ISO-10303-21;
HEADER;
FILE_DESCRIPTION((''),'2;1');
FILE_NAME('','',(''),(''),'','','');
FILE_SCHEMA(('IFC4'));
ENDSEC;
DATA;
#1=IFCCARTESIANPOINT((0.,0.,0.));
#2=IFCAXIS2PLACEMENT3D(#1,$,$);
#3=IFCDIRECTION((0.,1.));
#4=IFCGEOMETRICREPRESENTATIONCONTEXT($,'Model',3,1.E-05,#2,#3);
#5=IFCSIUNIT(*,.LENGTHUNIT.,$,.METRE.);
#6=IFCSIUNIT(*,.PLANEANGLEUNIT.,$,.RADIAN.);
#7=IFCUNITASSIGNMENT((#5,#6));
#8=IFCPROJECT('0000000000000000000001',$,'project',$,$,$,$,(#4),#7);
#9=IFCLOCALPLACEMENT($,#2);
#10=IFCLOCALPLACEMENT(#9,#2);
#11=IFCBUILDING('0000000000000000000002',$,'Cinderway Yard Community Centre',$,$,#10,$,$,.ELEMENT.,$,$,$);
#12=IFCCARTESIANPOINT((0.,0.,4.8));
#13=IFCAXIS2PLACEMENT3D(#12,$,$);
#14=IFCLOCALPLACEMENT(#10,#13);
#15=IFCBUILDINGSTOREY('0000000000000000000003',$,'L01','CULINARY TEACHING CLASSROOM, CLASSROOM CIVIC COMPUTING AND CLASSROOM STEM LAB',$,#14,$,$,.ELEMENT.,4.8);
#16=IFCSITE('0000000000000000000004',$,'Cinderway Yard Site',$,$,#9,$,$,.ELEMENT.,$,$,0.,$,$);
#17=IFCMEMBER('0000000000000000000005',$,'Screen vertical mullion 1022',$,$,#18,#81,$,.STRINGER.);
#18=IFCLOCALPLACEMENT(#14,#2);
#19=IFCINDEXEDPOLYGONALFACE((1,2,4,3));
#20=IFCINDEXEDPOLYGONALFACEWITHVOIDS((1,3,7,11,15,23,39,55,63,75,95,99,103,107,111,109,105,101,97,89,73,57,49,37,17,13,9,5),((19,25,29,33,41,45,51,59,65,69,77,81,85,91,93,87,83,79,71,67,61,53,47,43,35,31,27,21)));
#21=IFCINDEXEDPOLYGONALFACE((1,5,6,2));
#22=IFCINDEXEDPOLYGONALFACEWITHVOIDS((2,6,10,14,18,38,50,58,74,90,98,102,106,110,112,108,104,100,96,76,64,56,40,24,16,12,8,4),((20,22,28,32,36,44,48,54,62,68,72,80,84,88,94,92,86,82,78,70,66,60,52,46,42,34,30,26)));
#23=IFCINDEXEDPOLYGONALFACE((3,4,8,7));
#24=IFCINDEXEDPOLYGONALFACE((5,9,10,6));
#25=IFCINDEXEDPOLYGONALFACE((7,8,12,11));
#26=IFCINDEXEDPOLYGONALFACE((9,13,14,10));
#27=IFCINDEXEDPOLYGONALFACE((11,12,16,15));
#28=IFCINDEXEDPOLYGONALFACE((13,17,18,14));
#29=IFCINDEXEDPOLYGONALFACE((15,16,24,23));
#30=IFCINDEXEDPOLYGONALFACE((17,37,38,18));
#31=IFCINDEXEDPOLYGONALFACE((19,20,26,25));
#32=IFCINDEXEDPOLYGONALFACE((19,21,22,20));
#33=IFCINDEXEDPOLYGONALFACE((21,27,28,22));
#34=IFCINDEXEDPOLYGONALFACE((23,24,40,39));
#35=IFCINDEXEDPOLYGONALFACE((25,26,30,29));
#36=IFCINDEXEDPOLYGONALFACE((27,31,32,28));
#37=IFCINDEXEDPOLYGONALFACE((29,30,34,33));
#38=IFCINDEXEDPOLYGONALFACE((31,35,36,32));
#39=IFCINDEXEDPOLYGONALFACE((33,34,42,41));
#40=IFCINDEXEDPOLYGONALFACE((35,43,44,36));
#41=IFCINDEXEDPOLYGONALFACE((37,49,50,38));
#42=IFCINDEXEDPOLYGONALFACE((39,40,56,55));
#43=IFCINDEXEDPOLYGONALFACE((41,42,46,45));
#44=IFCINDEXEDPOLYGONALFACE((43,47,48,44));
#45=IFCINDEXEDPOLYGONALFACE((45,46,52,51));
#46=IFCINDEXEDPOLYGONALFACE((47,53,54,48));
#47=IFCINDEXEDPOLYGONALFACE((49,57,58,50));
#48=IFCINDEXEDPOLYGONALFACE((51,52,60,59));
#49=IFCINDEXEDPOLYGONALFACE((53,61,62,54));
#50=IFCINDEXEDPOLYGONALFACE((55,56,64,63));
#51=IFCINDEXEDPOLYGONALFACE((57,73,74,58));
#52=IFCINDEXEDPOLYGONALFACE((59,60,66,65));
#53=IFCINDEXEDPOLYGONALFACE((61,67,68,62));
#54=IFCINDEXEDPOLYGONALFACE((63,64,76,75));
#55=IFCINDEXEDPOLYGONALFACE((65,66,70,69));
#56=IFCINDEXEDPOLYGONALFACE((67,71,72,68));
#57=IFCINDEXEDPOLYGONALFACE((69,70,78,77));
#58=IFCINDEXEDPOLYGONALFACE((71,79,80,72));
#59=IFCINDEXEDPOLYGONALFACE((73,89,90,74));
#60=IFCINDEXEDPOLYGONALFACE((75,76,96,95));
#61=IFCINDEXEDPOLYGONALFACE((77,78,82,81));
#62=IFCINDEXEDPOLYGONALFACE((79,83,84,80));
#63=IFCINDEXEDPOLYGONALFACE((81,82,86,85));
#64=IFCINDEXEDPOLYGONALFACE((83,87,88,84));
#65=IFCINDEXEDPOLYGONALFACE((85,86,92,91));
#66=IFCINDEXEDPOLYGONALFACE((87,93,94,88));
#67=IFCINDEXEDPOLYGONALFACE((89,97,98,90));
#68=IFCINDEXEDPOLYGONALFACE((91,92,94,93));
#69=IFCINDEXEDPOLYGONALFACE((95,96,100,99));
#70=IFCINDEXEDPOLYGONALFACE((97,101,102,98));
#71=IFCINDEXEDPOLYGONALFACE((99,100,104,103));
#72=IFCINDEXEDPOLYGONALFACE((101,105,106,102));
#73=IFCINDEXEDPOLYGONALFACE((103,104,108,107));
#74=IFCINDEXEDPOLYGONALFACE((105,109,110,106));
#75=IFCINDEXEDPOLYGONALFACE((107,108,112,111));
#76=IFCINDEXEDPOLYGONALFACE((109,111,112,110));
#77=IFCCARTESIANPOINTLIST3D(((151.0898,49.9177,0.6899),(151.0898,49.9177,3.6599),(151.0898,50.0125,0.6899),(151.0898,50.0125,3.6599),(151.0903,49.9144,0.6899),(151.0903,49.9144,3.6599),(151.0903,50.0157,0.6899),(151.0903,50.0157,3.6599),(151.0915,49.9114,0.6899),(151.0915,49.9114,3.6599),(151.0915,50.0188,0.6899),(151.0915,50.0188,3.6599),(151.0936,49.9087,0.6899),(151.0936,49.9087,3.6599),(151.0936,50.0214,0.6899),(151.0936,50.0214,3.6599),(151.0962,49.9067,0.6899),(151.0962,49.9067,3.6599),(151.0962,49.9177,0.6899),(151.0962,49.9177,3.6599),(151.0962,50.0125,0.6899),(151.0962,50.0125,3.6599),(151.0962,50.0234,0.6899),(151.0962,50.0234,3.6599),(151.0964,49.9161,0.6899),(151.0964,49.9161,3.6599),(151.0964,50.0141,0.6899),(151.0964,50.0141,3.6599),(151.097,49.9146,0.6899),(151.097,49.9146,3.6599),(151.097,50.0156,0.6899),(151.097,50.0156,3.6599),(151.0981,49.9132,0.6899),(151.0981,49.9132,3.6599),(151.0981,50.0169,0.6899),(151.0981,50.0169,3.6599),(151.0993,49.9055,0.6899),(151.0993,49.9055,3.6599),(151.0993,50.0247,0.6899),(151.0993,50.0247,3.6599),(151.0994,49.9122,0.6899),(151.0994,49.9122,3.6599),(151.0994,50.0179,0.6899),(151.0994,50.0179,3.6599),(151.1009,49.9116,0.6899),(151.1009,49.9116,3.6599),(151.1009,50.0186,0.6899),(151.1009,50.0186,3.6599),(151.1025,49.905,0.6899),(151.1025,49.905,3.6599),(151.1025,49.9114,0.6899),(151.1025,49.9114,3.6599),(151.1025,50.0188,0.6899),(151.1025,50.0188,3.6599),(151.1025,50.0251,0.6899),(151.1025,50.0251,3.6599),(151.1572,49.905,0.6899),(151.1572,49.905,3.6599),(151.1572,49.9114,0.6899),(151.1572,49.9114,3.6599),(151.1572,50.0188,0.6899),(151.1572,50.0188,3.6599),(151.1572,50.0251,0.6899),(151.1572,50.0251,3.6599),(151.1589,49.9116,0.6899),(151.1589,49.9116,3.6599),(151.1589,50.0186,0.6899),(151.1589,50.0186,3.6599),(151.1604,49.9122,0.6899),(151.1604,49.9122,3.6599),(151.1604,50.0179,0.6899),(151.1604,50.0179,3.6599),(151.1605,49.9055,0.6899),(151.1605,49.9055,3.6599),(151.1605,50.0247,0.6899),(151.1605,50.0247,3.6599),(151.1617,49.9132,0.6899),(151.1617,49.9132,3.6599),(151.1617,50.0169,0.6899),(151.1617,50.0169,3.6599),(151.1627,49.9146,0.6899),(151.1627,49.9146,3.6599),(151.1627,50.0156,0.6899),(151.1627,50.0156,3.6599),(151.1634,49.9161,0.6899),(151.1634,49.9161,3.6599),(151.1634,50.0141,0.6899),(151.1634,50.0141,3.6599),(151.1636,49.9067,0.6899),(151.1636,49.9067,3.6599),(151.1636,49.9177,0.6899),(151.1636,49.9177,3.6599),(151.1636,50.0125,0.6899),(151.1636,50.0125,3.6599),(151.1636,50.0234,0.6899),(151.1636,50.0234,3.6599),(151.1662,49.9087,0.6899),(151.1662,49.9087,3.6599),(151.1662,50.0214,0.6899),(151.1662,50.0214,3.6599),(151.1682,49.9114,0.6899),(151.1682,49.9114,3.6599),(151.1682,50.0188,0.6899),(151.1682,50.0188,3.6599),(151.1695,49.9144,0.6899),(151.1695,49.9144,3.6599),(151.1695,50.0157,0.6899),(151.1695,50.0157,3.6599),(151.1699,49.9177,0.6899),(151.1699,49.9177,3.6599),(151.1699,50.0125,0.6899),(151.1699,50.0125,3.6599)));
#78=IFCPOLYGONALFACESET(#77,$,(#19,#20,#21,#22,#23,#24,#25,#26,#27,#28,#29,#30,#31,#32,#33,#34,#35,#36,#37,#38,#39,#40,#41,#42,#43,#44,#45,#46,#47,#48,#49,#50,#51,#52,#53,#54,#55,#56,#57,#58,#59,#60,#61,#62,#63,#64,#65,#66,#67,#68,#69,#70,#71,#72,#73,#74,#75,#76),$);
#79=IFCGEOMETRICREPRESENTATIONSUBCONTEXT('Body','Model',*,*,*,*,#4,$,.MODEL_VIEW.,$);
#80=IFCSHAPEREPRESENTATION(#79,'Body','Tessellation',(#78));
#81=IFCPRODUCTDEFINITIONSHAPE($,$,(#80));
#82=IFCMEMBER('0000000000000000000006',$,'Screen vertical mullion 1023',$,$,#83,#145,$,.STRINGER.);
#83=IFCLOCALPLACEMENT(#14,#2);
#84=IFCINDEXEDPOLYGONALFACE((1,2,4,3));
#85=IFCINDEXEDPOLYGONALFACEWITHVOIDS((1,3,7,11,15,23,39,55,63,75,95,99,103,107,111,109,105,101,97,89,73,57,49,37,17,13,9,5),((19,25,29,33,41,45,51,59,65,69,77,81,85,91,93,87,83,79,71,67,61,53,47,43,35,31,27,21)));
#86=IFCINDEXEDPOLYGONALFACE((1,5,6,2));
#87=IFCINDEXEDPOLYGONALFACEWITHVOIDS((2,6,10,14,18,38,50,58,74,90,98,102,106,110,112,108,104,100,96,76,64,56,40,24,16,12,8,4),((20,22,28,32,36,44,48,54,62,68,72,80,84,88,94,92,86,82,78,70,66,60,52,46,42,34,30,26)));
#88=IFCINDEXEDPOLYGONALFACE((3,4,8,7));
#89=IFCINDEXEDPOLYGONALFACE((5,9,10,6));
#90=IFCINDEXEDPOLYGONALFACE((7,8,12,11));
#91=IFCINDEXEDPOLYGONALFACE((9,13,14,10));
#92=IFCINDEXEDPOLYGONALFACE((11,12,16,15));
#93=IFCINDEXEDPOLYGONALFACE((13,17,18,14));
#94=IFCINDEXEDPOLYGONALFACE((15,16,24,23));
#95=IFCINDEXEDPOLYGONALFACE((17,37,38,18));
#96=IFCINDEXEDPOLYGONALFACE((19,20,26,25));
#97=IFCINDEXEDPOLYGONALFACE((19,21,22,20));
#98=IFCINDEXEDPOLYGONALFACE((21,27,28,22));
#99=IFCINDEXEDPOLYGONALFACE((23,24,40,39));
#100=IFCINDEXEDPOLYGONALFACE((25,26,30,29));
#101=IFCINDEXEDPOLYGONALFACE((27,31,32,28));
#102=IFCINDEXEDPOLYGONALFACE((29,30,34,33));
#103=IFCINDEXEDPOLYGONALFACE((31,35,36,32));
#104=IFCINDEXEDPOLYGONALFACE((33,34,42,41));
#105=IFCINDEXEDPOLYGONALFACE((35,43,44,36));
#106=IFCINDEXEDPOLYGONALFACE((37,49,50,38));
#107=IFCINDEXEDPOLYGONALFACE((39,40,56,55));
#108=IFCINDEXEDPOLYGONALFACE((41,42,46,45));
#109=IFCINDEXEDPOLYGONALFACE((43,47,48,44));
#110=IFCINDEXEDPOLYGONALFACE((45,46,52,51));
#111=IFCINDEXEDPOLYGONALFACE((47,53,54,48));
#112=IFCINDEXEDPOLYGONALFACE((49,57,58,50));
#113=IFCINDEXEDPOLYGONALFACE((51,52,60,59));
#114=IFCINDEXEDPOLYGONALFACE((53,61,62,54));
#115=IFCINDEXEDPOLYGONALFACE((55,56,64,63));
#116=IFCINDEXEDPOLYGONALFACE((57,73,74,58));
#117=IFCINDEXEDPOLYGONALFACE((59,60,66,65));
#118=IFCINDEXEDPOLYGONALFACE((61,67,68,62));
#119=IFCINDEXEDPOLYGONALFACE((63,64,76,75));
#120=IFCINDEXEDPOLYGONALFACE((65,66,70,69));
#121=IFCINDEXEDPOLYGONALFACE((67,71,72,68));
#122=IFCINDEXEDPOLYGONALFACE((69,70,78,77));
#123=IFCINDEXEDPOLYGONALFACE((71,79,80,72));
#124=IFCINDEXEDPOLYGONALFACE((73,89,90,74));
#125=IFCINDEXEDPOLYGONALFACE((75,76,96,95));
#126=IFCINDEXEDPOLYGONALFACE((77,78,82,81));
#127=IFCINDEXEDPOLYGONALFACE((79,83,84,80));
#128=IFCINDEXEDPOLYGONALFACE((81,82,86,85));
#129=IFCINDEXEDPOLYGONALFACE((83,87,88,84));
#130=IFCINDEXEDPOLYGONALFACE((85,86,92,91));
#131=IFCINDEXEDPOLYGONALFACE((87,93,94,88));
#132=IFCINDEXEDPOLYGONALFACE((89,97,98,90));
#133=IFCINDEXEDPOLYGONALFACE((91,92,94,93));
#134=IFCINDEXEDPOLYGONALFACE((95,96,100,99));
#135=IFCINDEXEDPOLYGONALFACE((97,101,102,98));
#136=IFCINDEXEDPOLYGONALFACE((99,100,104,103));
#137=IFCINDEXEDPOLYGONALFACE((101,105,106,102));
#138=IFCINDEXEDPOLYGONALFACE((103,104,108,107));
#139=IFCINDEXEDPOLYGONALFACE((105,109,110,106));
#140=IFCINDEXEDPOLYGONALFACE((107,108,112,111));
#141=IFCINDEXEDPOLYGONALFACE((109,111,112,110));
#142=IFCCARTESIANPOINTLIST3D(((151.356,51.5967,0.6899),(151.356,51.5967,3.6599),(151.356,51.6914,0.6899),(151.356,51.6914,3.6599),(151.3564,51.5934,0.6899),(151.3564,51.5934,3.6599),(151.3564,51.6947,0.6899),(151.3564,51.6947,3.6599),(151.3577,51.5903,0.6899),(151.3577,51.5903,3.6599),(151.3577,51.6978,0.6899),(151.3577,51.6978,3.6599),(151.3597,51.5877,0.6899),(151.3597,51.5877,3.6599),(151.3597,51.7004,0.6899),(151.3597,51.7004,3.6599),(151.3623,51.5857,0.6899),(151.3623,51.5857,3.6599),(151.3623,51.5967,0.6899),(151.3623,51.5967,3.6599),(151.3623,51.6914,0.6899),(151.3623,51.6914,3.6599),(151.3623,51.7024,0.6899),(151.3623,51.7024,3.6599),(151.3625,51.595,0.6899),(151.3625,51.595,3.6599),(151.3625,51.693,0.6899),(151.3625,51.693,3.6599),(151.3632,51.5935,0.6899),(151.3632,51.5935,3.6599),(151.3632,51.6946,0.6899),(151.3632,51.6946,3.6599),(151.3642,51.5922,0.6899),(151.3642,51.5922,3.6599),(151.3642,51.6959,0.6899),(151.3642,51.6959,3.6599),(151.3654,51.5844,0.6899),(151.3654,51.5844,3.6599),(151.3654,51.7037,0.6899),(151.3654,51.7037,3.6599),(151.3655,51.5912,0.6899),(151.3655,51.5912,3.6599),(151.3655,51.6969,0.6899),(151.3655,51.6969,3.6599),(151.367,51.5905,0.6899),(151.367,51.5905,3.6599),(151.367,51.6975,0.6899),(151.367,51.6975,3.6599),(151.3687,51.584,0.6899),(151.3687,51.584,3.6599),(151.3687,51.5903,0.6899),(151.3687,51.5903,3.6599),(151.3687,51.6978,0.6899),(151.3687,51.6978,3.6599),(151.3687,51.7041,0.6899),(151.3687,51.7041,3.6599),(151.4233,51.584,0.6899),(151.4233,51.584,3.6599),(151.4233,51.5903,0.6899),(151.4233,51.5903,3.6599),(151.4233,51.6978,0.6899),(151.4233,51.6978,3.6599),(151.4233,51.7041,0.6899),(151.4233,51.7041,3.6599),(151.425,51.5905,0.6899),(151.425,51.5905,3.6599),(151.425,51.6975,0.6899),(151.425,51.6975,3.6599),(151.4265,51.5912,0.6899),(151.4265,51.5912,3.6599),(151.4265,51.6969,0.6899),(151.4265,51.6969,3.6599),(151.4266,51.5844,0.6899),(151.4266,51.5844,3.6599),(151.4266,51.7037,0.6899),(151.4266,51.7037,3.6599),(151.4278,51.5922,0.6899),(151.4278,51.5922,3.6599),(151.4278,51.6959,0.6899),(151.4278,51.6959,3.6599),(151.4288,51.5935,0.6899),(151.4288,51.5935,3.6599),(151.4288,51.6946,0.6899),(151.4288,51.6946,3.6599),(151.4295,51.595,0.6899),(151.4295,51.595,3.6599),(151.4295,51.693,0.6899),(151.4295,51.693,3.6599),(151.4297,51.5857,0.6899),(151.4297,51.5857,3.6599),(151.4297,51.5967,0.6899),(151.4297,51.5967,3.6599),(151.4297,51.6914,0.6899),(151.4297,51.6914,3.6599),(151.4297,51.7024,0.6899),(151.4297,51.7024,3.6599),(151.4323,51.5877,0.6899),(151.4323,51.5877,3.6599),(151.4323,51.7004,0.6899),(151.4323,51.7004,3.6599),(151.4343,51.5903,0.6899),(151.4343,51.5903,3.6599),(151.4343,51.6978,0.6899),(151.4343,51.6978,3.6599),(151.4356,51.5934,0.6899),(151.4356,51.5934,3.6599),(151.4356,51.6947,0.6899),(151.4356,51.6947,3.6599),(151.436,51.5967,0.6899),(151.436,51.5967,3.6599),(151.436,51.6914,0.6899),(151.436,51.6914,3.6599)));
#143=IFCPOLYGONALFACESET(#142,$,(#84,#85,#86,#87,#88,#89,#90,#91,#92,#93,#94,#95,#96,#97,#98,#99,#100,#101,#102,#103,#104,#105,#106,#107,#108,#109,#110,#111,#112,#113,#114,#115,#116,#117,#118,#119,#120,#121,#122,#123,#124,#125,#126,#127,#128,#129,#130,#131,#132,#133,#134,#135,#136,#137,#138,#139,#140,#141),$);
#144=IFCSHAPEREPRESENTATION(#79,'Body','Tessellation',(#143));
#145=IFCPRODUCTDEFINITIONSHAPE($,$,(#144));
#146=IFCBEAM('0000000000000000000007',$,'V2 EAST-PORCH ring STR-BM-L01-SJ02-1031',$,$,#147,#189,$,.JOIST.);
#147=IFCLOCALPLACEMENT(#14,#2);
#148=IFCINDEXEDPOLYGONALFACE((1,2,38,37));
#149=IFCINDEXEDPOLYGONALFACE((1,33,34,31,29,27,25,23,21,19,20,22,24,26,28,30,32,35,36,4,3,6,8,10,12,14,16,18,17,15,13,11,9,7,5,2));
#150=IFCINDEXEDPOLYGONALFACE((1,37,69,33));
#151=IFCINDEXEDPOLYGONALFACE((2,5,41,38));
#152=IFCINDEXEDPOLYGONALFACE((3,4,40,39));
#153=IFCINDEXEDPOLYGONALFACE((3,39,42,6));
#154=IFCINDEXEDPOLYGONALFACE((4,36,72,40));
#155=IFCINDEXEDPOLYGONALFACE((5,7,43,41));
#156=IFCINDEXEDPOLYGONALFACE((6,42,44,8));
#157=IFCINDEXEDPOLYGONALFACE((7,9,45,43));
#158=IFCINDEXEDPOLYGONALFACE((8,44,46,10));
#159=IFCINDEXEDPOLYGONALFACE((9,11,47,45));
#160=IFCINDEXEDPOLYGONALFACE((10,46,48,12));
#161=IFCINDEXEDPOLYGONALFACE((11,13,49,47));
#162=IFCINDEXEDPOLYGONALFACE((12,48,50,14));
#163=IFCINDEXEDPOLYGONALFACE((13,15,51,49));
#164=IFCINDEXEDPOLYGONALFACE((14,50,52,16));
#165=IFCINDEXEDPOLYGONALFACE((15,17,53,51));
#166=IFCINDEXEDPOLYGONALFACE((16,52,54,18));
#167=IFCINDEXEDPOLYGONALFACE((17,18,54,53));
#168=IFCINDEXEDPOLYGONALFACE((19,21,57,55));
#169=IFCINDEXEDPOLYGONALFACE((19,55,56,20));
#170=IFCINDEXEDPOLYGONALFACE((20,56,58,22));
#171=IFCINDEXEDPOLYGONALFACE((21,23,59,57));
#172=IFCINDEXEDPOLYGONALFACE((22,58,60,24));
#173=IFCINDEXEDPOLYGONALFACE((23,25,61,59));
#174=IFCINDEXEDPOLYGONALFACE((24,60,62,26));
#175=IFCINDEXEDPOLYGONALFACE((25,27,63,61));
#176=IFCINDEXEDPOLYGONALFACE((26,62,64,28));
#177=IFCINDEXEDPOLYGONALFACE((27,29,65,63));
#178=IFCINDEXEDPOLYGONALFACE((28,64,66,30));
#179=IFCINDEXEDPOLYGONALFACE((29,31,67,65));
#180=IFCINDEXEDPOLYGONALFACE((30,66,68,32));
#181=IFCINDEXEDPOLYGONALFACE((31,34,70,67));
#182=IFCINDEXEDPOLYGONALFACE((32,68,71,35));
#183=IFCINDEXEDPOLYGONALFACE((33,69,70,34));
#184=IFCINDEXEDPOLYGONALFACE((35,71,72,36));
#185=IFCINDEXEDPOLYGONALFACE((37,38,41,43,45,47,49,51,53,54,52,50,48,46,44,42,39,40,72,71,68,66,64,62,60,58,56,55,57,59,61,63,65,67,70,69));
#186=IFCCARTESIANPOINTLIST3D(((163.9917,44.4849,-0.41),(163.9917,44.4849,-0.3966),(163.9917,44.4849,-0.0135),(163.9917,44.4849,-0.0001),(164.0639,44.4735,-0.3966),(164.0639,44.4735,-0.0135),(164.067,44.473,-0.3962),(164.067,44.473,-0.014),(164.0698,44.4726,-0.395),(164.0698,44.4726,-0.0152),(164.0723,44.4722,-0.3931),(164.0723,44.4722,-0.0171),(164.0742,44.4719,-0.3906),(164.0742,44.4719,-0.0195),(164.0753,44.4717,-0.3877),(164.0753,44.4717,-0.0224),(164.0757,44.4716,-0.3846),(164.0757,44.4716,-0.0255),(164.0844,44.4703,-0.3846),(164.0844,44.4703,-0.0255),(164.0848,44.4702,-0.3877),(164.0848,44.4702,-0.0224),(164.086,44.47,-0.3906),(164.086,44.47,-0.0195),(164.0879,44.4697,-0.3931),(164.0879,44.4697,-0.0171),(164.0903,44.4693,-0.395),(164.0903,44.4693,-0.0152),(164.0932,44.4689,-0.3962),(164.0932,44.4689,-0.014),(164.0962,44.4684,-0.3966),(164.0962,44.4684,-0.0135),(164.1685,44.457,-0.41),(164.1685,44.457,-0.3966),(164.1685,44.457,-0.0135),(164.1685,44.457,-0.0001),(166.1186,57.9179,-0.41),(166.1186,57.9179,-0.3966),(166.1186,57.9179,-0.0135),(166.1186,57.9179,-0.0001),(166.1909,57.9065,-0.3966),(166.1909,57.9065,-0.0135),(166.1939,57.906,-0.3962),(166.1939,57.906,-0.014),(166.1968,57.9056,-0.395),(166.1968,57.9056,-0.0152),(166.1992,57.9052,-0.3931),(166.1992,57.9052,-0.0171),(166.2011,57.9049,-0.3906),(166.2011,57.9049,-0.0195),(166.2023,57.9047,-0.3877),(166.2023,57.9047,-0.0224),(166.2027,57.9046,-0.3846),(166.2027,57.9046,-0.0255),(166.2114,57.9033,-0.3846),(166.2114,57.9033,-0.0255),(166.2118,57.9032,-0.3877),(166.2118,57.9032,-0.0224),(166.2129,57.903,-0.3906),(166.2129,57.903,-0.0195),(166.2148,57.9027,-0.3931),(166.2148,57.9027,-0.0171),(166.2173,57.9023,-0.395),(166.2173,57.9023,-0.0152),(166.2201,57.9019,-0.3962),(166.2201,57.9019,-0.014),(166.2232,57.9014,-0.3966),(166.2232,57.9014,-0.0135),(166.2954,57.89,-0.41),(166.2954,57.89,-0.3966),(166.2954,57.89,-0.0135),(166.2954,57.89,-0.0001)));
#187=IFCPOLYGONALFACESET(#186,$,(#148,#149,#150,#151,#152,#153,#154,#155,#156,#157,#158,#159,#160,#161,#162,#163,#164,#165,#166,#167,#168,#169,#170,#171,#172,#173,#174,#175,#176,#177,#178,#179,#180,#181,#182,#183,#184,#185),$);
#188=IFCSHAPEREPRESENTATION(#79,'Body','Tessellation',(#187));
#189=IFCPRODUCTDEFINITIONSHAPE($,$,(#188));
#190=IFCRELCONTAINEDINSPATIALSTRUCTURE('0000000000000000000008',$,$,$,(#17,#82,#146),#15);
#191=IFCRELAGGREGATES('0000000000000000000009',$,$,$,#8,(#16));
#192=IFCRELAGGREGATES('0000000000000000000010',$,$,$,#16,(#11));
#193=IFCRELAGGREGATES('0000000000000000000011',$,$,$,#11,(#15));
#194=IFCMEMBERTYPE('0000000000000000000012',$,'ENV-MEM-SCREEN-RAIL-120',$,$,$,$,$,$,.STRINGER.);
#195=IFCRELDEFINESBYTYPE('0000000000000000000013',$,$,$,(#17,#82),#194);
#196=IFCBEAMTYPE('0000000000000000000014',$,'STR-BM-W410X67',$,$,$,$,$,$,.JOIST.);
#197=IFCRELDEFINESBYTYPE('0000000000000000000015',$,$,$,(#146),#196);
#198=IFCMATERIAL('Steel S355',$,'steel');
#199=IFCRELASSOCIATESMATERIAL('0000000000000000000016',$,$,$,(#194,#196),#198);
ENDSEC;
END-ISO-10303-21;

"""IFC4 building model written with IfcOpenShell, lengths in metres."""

from ifc_helpers import new_model, si_unit, direction, frame, origin, origin_2d, place, context, subcontext, project, spatial, hollow_rectangle, i_section, extrude, material, material_profile, profile_set, type_object, element, save


model = new_model("IFC4")

# Units and contexts
model_context = context("Model", 3, precision=1e-05, world=origin(), true_north=direction((0.0, 1.0)))
body_context = subcontext(model_context, "Body", "Model", "MODEL_VIEW")
ifc_project = project(units=[si_unit("LENGTHUNIT", "METRE"), si_unit("PLANEANGLEUNIT", "RADIAN")], contexts=[model_context])

# Site, building, storey
site_placement = place(None, origin())
site = spatial("IfcSite", under=ifc_project, at=site_placement, Name="Cinderway Yard Site", CompositionType="ELEMENT", RefElevation=0.0)
building_placement = place(site_placement, origin())
building = spatial("IfcBuilding", under=site, at=building_placement, Name="Cinderway Yard Community Centre", CompositionType="ELEMENT")
storey_placement = place(building_placement, frame((0.0, 0.0, 4.8)))
storey = spatial("IfcBuildingStorey", under=building, at=storey_placement, Name="L01", Description="CULINARY TEACHING CLASSROOM, CLASSROOM CIVIC COMPUTING AND CLASSROOM STEM LAB", CompositionType="ELEMENT", Elevation=4.8)

# Members
ifc_material_1 = material(Name="Steel S355", Category="steel")
ifc_material_profile_1 = material_profile(ifc_material_1, hollow_rectangle(XDim=0.0801, YDim=0.1201, WallThickness=0.0063, InnerFilletRadius=0.0063, OuterFilletRadius=0.0127, at=origin_2d()), Name="Steel S355")
ifc_profile_set_1 = profile_set([ifc_material_profile_1], Name="Steel S355")
member_type_1 = type_object("IfcMemberType", Name="ENV-MEM-SCREEN-RAIL-120", PredefinedType="STRINGER", material=ifc_profile_set_1)
for number, where, z_axis, x_axis, name in (
    (1, (151.1299, 49.9651, 0.6899), (0.0, 0.0, 1.0), (1.0, 0.0, 0.0), "Screen vertical mullion 1022"),
    (2, (151.396, 51.644, 0.6899), (0.0, 0.0, 1.0), (1.0, 0.0, 0.0), "Screen vertical mullion 1023"),
):
    element("IfcMember", number, at=place(storey_placement, frame(where, z_axis=z_axis, x_axis=x_axis)), inside=storey, type_object=member_type_1, Name=name, PredefinedType="STRINGER", context=body_context, shape_type="SweptSolid", body=[
        extrude(hollow_rectangle(XDim=0.0801, YDim=0.1201, WallThickness=0.0063, InnerFilletRadius=0.0063, OuterFilletRadius=0.0127, at=origin_2d()), origin(), (0.0, 0.0, 1.0), 2.97),
    ])

# Beam
ifc_material_profile_2 = material_profile(ifc_material_1, i_section(OverallWidth=0.179, OverallDepth=0.4099, WebThickness=0.0088, FlangeThickness=0.0134, FilletRadius=0.012, at=origin_2d()), Name="Steel S355")
ifc_profile_set_2 = profile_set([ifc_material_profile_2], Name="Steel S355")
beam_type = type_object("IfcBeamType", Name="STR-BM-W410X67", PredefinedType="JOIST", material=ifc_profile_set_2)
beam_placement = place(storey_placement, frame((164.0801, 44.4709, -0.2051), z_axis=(0.156388, 0.987696, 0.0), x_axis=(-0.987696, 0.156388, 0.0)))
element("IfcBeam", 3, at=beam_placement, inside=storey, type_object=beam_type, Name="V2 EAST-PORCH ring STR-BM-L01-SJ02-1031", PredefinedType="JOIST", context=body_context, shape_type="SweptSolid", body=[
    extrude(i_section(OverallWidth=0.179, OverallDepth=0.4099, WebThickness=0.0088, FlangeThickness=0.0134, FilletRadius=0.012, at=origin_2d()), origin(), (0.0, 0.0, 1.0), 13.6003),
])

save(model, "model.ifc")
